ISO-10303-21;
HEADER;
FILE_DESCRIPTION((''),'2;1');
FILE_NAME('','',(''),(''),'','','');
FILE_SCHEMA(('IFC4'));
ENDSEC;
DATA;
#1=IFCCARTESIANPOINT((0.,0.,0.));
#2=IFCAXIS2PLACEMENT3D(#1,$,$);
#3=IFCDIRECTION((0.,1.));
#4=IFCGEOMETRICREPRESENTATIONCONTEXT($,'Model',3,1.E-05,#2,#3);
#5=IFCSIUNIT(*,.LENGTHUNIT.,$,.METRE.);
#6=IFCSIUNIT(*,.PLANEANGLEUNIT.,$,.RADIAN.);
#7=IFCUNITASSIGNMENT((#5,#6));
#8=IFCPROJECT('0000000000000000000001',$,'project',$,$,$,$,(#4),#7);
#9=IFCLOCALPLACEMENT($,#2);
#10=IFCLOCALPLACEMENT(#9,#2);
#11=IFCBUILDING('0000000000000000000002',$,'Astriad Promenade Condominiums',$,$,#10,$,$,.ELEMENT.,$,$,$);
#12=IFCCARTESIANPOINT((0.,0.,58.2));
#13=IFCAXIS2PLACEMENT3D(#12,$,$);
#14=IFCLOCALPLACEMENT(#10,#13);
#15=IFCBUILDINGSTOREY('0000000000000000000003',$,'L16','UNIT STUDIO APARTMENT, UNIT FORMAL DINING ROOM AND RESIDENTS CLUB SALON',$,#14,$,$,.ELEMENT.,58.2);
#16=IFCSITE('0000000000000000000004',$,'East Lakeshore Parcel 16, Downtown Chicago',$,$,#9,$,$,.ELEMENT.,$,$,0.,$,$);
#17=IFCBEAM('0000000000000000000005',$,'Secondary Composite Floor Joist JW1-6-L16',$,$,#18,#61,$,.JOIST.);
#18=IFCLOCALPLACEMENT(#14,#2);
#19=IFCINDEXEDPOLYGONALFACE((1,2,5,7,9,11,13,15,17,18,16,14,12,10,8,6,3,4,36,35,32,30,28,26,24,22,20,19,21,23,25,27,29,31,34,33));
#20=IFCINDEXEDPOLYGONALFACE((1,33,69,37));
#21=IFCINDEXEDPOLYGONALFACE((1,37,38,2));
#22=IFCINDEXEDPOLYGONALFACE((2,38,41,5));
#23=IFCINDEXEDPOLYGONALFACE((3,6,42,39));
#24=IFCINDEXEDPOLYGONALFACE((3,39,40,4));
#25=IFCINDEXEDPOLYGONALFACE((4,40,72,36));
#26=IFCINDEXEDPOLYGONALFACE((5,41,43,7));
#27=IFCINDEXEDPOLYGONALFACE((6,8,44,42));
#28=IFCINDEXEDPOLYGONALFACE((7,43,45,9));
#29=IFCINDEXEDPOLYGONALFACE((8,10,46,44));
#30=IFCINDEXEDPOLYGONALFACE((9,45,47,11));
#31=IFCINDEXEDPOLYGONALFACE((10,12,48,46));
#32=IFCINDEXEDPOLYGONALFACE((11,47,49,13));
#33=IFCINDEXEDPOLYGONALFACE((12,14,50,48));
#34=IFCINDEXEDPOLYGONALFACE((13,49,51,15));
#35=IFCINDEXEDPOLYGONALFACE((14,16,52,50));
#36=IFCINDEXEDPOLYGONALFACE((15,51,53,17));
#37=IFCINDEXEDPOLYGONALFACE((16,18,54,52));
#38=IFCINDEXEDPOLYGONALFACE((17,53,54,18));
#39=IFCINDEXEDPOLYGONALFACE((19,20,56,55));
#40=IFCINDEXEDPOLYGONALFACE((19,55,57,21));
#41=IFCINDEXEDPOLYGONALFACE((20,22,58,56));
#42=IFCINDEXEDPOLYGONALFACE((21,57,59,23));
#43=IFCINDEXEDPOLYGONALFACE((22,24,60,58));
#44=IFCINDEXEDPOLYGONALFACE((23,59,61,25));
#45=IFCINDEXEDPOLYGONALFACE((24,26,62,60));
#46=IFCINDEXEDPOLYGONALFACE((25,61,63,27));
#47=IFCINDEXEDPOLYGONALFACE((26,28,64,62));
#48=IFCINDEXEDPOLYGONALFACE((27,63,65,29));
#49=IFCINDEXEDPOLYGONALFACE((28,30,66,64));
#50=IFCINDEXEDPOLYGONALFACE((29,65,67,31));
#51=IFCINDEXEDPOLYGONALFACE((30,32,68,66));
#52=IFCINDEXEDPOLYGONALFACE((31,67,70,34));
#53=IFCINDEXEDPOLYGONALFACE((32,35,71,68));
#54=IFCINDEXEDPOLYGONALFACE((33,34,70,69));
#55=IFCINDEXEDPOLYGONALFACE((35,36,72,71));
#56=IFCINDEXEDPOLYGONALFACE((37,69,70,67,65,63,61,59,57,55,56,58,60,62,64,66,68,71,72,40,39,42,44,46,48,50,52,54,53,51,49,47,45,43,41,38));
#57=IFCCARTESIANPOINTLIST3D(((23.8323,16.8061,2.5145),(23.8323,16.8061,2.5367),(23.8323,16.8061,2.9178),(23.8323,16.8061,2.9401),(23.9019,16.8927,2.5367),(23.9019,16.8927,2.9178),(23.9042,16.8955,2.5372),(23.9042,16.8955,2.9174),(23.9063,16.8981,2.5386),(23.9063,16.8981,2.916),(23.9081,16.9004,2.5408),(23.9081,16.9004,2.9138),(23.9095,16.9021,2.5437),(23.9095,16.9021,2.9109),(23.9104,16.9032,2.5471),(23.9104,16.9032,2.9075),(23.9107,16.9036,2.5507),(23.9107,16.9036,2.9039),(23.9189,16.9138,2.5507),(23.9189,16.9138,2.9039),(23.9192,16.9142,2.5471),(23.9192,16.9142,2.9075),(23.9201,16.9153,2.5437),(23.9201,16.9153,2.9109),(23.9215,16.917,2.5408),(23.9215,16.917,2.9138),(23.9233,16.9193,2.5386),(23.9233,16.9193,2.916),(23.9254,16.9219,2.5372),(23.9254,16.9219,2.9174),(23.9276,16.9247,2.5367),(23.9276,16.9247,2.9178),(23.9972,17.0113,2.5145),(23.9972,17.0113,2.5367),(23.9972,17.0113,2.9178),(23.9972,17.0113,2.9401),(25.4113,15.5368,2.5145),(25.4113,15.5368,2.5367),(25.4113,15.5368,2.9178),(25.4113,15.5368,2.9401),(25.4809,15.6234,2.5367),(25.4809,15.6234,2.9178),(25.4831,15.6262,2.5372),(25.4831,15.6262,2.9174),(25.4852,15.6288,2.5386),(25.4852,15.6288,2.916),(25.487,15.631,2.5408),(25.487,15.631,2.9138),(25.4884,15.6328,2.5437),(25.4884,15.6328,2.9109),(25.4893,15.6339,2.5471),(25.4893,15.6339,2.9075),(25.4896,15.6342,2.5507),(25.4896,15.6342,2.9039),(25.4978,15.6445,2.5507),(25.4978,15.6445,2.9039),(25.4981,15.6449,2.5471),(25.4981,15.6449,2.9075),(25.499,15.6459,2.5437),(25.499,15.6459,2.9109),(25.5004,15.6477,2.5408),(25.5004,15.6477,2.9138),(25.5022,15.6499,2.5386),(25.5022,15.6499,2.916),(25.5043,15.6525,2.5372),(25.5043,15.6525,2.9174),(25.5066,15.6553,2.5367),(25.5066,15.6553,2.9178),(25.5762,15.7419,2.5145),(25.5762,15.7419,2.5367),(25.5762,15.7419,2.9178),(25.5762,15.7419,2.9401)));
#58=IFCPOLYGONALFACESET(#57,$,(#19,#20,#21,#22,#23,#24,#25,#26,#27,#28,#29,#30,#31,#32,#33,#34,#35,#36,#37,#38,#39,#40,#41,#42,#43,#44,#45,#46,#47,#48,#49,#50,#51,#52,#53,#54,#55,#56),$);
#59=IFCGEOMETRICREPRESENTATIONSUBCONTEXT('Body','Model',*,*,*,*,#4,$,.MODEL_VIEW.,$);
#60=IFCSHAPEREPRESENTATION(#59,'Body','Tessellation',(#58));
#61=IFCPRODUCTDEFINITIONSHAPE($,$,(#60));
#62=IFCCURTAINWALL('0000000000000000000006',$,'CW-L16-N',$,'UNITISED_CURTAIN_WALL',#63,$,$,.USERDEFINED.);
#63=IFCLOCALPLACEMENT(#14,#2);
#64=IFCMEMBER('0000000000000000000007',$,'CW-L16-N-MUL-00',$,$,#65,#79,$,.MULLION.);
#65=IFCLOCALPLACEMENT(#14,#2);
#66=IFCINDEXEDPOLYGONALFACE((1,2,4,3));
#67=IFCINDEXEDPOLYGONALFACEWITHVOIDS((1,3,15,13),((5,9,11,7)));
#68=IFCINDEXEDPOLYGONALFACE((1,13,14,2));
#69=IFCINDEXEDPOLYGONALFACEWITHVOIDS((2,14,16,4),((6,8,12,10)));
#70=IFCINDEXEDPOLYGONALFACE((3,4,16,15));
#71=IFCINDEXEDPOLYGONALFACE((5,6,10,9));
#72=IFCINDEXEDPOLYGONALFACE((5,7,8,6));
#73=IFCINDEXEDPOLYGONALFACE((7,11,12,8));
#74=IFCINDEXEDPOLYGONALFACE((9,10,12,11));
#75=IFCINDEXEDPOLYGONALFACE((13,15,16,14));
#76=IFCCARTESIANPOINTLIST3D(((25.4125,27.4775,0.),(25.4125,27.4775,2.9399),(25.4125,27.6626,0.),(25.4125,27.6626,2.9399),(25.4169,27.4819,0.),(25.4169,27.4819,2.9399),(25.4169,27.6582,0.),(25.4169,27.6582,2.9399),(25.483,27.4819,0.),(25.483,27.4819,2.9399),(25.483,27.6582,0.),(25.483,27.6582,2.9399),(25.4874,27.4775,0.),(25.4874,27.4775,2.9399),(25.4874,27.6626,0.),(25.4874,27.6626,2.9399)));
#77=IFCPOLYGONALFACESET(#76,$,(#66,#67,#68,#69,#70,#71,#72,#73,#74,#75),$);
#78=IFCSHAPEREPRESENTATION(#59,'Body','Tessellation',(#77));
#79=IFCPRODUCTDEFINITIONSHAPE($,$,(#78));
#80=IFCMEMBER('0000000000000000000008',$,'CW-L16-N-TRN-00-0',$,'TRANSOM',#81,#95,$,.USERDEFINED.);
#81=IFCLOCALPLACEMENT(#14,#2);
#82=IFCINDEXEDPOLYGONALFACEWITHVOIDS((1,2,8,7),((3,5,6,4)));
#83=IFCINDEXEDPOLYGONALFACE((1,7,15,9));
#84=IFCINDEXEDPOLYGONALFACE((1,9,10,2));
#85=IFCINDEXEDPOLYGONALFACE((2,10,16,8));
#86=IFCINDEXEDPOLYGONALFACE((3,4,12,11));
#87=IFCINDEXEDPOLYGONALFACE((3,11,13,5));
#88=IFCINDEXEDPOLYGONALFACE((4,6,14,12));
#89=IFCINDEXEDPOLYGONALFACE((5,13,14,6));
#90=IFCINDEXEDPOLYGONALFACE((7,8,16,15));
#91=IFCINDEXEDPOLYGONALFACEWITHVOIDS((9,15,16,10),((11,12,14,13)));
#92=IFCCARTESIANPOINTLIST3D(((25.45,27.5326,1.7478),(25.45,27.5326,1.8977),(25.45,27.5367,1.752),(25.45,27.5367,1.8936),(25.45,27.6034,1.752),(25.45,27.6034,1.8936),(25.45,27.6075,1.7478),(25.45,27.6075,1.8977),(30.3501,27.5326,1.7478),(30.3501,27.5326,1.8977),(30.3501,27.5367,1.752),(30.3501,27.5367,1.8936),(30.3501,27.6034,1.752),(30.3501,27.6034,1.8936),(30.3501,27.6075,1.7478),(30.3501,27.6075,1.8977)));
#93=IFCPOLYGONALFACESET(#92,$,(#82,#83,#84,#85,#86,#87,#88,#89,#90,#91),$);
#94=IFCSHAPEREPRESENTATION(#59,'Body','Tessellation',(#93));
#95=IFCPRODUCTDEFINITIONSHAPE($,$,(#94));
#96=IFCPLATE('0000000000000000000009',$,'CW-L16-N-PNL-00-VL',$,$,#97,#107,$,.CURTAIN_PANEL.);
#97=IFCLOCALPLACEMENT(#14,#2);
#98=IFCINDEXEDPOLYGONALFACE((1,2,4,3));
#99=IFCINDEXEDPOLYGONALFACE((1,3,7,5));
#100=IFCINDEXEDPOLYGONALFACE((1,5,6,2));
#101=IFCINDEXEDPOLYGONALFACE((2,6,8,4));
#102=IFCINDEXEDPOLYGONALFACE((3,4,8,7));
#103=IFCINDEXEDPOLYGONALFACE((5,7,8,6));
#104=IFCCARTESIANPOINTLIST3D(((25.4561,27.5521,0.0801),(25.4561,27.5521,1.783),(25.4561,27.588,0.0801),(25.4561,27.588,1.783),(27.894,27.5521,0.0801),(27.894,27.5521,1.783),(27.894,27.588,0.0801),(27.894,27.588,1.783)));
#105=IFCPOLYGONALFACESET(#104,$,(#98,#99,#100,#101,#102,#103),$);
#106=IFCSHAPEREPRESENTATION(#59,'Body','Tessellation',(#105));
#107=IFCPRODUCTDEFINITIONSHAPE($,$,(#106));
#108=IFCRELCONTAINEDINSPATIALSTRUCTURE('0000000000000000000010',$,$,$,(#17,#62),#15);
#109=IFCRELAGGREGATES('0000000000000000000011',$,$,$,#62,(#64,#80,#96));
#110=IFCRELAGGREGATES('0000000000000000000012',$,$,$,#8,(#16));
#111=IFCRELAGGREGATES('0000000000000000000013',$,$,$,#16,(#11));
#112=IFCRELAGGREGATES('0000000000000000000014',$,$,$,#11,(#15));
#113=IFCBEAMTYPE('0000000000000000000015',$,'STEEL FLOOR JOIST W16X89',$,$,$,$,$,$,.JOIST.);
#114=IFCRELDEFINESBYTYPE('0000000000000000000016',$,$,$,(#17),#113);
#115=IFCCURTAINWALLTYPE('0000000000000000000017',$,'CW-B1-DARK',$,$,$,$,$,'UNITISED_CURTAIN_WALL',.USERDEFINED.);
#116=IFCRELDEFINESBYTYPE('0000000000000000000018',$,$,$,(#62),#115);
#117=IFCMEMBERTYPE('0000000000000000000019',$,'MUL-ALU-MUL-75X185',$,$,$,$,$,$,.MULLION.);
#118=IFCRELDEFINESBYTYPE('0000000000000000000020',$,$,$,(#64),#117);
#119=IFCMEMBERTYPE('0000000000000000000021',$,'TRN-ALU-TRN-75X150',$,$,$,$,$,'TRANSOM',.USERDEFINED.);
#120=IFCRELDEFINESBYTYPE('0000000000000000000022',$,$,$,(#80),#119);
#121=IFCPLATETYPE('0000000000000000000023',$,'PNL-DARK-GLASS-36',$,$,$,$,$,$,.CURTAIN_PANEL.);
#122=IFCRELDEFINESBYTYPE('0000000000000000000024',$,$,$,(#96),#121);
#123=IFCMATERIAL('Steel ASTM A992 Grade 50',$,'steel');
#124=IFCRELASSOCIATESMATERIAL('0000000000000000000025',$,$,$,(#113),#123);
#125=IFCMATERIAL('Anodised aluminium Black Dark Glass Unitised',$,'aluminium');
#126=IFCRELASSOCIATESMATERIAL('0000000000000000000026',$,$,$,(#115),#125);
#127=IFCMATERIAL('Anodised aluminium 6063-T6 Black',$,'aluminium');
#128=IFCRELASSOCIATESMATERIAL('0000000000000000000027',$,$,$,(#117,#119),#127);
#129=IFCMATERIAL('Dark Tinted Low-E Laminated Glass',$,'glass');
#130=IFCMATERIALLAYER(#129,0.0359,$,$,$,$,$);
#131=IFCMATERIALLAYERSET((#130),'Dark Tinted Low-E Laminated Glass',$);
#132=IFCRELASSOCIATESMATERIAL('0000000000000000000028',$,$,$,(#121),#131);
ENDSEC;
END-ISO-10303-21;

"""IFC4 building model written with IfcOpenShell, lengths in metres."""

from ifc_helpers import new_model, si_unit, direction, frame, origin, origin_2d, place, context, subcontext, project, spatial, rectangle, hollow_rectangle, i_section, extrude, source, transform, mapped, material, layer, layer_set, material_profile, profile_set, type_object, type_shapes, element, aggregate, save


model = new_model("IFC4")

# Units and contexts
model_context = context("Model", 3, precision=1e-05, world=origin(), true_north=direction((0.0, 1.0)))
body_context = subcontext(model_context, "Body", "Model", "MODEL_VIEW")
ifc_project = project(units=[si_unit("LENGTHUNIT", "METRE"), si_unit("PLANEANGLEUNIT", "RADIAN")], contexts=[model_context])

# Site, building, storey
site_placement = place(None, origin())
site = spatial("IfcSite", under=ifc_project, at=site_placement, Name="East Lakeshore Parcel 16, Downtown Chicago", CompositionType="ELEMENT", RefElevation=0.0)
building_placement = place(site_placement, origin())
building = spatial("IfcBuilding", under=site, at=building_placement, Name="Astriad Promenade Condominiums", CompositionType="ELEMENT")
storey_placement = place(building_placement, frame((0.0, 0.0, 58.2)))
storey = spatial("IfcBuildingStorey", under=building, at=storey_placement, Name="L16", Description="UNIT STUDIO APARTMENT, UNIT FORMAL DINING ROOM AND RESIDENTS CLUB SALON", CompositionType="ELEMENT", Elevation=58.2)

# Shared definitions
ifc_material_1 = material(Name="Steel ASTM A992 Grade 50", Category="steel")

# Beam
ifc_material_profile_1 = material_profile(ifc_material_1, i_section(OverallWidth=0.2632, OverallDepth=0.4255, WebThickness=0.0132, FlangeThickness=0.0222, FilletRadius=0.0139, at=origin_2d()), Name="W16X89")
ifc_profile_set_1 = profile_set([ifc_material_profile_1], Name="Steel ASTM A992 Grade 50")
beam_type_1 = type_object("IfcBeamType", Name="STEEL FLOOR JOIST W16X89", PredefinedType="JOIST", material=ifc_profile_set_1)
shared_shape_1 = source(origin(), body_context, "Body", "SweptSolid", [
    extrude(i_section(OverallWidth=0.2632, OverallDepth=0.4255, WebThickness=0.0132, FlangeThickness=0.0222, FilletRadius=0.0139, at=origin_2d()), origin(), (0.0, 0.0, 1.0), 2.0259),
])
type_shapes(beam_type_1, [shared_shape_1])
beam_1_placement = place(storey_placement, frame((23.9148, 16.9087, 2.7273), z_axis=(0.779373, -0.62656, 0.0), x_axis=(0.62656, 0.779373, 0.0)))
element("IfcBeam", 1, at=beam_1_placement, inside=storey, type_object=beam_type_1, Name="Secondary Composite Floor Joist JW1-6-L16", PredefinedType="JOIST", context=body_context, shape_type="MappedRepresentation", body=[
    mapped(shared_shape_1, transform((0.0, 0.0, 0.0), scale=1.0)),
])

# Curtain wall, members, plate
ifc_material_2 = material(Name="Anodised aluminium Black Dark Glass Unitised", Category="aluminium")
curtain_wall_type = type_object("IfcCurtainWallType", Name="CW-B1-DARK", ElementType="UNITISED_CURTAIN_WALL", PredefinedType="USERDEFINED", material=ifc_material_2)
curtain_wall_placement = place(storey_placement, origin())
curtain_wall = element("IfcCurtainWall", 2, at=curtain_wall_placement, inside=storey, type_object=curtain_wall_type, Name="CW-L16-N", ObjectType="UNITISED_CURTAIN_WALL", PredefinedType="USERDEFINED")
ifc_material_3 = material(Name="Anodised aluminium 6063-T6 Black", Category="aluminium")
ifc_material_profile_2 = material_profile(ifc_material_3, hollow_rectangle(XDim=0.075, YDim=0.1851, WallThickness=0.0044, at=origin_2d()), Name="ALU-MUL-75X185")
ifc_profile_set_2 = profile_set([ifc_material_profile_2], Name="Anodised aluminium 6063-T6 Black")
member_type_1 = type_object("IfcMemberType", Name="MUL-ALU-MUL-75X185", PredefinedType="MULLION", material=ifc_profile_set_2)
shared_shape_2 = source(origin(), body_context, "Body", "SweptSolid", [
    extrude(hollow_rectangle(XDim=0.075, YDim=0.1851, WallThickness=0.0044, at=origin_2d()), origin(), (0.0, 0.0, 1.0), 2.9399),
])
type_shapes(member_type_1, [shared_shape_2])
member_1_placement = place(storey_placement, frame((25.45, 27.5701, 0.0), z_axis=(0.0, 0.0, 1.0), x_axis=(1.0, 0.0, 0.0)))
member_1 = element("IfcMember", 3, at=member_1_placement, type_object=member_type_1, Name="CW-L16-N-MUL-00", PredefinedType="MULLION", context=body_context, shape_type="MappedRepresentation", body=[
    mapped(shared_shape_2, transform((0.0, 0.0, 0.0), scale=1.0)),
])
ifc_material_profile_3 = material_profile(ifc_material_3, hollow_rectangle(XDim=0.075, YDim=0.1499, WallThickness=0.0042, at=origin_2d()), Name="ALU-TRN-75X150")
ifc_profile_set_3 = profile_set([ifc_material_profile_3], Name="Anodised aluminium 6063-T6 Black")
member_type_2 = type_object("IfcMemberType", Name="TRN-ALU-TRN-75X150", ElementType="TRANSOM", PredefinedType="USERDEFINED", material=ifc_profile_set_3)
shared_shape_3 = source(origin(), body_context, "Body", "SweptSolid", [
    extrude(hollow_rectangle(XDim=0.075, YDim=0.1499, WallThickness=0.0042, at=origin_2d()), origin(), (0.0, 0.0, 1.0), 4.9001),
])
type_shapes(member_type_2, [shared_shape_3])
member_2_placement = place(storey_placement, frame((25.45, 27.5701, 1.8228), z_axis=(1.0, 0.0, 0.0), x_axis=(0.0, 1.0, 0.0)))
member_2 = element("IfcMember", 4, at=member_2_placement, type_object=member_type_2, Name="CW-L16-N-TRN-00-0", ObjectType="TRANSOM", PredefinedType="USERDEFINED", context=body_context, shape_type="MappedRepresentation", body=[
    mapped(shared_shape_3, transform((0.0, 0.0, 0.0), scale=1.0)),
])
ifc_material_4 = material(Name="Dark Tinted Low-E Laminated Glass", Category="glass")
ifc_layer_1 = layer(ifc_material_4, 0.0359)
ifc_layer_set_1 = layer_set([ifc_layer_1], Name="Dark Tinted Low-E Laminated Glass")
plate_type = type_object("IfcPlateType", Name="PNL-DARK-GLASS-36", PredefinedType="CURTAIN_PANEL", material=ifc_layer_set_1)
shared_shape_4 = source(origin(), body_context, "Body", "SweptSolid", [
    extrude(rectangle(XDim=2.438, YDim=0.0359, at=origin_2d()), origin(), (0.0, 0.0, 1.0), 1.7029),
])
type_shapes(plate_type, [shared_shape_4])
plate_placement = place(storey_placement, frame((26.675, 27.5701, 0.0801), z_axis=(0.0, 0.0, 1.0), x_axis=(1.0, 0.0, 0.0)))
plate = element("IfcPlate", 5, at=plate_placement, type_object=plate_type, Name="CW-L16-N-PNL-00-VL", PredefinedType="CURTAIN_PANEL", context=body_context, shape_type="MappedRepresentation", body=[
    mapped(shared_shape_4, transform((0.0, 0.0, 0.0), scale=1.0)),
])
aggregate(curtain_wall, [member_1, member_2, plate])

save(model, "model.ifc")
